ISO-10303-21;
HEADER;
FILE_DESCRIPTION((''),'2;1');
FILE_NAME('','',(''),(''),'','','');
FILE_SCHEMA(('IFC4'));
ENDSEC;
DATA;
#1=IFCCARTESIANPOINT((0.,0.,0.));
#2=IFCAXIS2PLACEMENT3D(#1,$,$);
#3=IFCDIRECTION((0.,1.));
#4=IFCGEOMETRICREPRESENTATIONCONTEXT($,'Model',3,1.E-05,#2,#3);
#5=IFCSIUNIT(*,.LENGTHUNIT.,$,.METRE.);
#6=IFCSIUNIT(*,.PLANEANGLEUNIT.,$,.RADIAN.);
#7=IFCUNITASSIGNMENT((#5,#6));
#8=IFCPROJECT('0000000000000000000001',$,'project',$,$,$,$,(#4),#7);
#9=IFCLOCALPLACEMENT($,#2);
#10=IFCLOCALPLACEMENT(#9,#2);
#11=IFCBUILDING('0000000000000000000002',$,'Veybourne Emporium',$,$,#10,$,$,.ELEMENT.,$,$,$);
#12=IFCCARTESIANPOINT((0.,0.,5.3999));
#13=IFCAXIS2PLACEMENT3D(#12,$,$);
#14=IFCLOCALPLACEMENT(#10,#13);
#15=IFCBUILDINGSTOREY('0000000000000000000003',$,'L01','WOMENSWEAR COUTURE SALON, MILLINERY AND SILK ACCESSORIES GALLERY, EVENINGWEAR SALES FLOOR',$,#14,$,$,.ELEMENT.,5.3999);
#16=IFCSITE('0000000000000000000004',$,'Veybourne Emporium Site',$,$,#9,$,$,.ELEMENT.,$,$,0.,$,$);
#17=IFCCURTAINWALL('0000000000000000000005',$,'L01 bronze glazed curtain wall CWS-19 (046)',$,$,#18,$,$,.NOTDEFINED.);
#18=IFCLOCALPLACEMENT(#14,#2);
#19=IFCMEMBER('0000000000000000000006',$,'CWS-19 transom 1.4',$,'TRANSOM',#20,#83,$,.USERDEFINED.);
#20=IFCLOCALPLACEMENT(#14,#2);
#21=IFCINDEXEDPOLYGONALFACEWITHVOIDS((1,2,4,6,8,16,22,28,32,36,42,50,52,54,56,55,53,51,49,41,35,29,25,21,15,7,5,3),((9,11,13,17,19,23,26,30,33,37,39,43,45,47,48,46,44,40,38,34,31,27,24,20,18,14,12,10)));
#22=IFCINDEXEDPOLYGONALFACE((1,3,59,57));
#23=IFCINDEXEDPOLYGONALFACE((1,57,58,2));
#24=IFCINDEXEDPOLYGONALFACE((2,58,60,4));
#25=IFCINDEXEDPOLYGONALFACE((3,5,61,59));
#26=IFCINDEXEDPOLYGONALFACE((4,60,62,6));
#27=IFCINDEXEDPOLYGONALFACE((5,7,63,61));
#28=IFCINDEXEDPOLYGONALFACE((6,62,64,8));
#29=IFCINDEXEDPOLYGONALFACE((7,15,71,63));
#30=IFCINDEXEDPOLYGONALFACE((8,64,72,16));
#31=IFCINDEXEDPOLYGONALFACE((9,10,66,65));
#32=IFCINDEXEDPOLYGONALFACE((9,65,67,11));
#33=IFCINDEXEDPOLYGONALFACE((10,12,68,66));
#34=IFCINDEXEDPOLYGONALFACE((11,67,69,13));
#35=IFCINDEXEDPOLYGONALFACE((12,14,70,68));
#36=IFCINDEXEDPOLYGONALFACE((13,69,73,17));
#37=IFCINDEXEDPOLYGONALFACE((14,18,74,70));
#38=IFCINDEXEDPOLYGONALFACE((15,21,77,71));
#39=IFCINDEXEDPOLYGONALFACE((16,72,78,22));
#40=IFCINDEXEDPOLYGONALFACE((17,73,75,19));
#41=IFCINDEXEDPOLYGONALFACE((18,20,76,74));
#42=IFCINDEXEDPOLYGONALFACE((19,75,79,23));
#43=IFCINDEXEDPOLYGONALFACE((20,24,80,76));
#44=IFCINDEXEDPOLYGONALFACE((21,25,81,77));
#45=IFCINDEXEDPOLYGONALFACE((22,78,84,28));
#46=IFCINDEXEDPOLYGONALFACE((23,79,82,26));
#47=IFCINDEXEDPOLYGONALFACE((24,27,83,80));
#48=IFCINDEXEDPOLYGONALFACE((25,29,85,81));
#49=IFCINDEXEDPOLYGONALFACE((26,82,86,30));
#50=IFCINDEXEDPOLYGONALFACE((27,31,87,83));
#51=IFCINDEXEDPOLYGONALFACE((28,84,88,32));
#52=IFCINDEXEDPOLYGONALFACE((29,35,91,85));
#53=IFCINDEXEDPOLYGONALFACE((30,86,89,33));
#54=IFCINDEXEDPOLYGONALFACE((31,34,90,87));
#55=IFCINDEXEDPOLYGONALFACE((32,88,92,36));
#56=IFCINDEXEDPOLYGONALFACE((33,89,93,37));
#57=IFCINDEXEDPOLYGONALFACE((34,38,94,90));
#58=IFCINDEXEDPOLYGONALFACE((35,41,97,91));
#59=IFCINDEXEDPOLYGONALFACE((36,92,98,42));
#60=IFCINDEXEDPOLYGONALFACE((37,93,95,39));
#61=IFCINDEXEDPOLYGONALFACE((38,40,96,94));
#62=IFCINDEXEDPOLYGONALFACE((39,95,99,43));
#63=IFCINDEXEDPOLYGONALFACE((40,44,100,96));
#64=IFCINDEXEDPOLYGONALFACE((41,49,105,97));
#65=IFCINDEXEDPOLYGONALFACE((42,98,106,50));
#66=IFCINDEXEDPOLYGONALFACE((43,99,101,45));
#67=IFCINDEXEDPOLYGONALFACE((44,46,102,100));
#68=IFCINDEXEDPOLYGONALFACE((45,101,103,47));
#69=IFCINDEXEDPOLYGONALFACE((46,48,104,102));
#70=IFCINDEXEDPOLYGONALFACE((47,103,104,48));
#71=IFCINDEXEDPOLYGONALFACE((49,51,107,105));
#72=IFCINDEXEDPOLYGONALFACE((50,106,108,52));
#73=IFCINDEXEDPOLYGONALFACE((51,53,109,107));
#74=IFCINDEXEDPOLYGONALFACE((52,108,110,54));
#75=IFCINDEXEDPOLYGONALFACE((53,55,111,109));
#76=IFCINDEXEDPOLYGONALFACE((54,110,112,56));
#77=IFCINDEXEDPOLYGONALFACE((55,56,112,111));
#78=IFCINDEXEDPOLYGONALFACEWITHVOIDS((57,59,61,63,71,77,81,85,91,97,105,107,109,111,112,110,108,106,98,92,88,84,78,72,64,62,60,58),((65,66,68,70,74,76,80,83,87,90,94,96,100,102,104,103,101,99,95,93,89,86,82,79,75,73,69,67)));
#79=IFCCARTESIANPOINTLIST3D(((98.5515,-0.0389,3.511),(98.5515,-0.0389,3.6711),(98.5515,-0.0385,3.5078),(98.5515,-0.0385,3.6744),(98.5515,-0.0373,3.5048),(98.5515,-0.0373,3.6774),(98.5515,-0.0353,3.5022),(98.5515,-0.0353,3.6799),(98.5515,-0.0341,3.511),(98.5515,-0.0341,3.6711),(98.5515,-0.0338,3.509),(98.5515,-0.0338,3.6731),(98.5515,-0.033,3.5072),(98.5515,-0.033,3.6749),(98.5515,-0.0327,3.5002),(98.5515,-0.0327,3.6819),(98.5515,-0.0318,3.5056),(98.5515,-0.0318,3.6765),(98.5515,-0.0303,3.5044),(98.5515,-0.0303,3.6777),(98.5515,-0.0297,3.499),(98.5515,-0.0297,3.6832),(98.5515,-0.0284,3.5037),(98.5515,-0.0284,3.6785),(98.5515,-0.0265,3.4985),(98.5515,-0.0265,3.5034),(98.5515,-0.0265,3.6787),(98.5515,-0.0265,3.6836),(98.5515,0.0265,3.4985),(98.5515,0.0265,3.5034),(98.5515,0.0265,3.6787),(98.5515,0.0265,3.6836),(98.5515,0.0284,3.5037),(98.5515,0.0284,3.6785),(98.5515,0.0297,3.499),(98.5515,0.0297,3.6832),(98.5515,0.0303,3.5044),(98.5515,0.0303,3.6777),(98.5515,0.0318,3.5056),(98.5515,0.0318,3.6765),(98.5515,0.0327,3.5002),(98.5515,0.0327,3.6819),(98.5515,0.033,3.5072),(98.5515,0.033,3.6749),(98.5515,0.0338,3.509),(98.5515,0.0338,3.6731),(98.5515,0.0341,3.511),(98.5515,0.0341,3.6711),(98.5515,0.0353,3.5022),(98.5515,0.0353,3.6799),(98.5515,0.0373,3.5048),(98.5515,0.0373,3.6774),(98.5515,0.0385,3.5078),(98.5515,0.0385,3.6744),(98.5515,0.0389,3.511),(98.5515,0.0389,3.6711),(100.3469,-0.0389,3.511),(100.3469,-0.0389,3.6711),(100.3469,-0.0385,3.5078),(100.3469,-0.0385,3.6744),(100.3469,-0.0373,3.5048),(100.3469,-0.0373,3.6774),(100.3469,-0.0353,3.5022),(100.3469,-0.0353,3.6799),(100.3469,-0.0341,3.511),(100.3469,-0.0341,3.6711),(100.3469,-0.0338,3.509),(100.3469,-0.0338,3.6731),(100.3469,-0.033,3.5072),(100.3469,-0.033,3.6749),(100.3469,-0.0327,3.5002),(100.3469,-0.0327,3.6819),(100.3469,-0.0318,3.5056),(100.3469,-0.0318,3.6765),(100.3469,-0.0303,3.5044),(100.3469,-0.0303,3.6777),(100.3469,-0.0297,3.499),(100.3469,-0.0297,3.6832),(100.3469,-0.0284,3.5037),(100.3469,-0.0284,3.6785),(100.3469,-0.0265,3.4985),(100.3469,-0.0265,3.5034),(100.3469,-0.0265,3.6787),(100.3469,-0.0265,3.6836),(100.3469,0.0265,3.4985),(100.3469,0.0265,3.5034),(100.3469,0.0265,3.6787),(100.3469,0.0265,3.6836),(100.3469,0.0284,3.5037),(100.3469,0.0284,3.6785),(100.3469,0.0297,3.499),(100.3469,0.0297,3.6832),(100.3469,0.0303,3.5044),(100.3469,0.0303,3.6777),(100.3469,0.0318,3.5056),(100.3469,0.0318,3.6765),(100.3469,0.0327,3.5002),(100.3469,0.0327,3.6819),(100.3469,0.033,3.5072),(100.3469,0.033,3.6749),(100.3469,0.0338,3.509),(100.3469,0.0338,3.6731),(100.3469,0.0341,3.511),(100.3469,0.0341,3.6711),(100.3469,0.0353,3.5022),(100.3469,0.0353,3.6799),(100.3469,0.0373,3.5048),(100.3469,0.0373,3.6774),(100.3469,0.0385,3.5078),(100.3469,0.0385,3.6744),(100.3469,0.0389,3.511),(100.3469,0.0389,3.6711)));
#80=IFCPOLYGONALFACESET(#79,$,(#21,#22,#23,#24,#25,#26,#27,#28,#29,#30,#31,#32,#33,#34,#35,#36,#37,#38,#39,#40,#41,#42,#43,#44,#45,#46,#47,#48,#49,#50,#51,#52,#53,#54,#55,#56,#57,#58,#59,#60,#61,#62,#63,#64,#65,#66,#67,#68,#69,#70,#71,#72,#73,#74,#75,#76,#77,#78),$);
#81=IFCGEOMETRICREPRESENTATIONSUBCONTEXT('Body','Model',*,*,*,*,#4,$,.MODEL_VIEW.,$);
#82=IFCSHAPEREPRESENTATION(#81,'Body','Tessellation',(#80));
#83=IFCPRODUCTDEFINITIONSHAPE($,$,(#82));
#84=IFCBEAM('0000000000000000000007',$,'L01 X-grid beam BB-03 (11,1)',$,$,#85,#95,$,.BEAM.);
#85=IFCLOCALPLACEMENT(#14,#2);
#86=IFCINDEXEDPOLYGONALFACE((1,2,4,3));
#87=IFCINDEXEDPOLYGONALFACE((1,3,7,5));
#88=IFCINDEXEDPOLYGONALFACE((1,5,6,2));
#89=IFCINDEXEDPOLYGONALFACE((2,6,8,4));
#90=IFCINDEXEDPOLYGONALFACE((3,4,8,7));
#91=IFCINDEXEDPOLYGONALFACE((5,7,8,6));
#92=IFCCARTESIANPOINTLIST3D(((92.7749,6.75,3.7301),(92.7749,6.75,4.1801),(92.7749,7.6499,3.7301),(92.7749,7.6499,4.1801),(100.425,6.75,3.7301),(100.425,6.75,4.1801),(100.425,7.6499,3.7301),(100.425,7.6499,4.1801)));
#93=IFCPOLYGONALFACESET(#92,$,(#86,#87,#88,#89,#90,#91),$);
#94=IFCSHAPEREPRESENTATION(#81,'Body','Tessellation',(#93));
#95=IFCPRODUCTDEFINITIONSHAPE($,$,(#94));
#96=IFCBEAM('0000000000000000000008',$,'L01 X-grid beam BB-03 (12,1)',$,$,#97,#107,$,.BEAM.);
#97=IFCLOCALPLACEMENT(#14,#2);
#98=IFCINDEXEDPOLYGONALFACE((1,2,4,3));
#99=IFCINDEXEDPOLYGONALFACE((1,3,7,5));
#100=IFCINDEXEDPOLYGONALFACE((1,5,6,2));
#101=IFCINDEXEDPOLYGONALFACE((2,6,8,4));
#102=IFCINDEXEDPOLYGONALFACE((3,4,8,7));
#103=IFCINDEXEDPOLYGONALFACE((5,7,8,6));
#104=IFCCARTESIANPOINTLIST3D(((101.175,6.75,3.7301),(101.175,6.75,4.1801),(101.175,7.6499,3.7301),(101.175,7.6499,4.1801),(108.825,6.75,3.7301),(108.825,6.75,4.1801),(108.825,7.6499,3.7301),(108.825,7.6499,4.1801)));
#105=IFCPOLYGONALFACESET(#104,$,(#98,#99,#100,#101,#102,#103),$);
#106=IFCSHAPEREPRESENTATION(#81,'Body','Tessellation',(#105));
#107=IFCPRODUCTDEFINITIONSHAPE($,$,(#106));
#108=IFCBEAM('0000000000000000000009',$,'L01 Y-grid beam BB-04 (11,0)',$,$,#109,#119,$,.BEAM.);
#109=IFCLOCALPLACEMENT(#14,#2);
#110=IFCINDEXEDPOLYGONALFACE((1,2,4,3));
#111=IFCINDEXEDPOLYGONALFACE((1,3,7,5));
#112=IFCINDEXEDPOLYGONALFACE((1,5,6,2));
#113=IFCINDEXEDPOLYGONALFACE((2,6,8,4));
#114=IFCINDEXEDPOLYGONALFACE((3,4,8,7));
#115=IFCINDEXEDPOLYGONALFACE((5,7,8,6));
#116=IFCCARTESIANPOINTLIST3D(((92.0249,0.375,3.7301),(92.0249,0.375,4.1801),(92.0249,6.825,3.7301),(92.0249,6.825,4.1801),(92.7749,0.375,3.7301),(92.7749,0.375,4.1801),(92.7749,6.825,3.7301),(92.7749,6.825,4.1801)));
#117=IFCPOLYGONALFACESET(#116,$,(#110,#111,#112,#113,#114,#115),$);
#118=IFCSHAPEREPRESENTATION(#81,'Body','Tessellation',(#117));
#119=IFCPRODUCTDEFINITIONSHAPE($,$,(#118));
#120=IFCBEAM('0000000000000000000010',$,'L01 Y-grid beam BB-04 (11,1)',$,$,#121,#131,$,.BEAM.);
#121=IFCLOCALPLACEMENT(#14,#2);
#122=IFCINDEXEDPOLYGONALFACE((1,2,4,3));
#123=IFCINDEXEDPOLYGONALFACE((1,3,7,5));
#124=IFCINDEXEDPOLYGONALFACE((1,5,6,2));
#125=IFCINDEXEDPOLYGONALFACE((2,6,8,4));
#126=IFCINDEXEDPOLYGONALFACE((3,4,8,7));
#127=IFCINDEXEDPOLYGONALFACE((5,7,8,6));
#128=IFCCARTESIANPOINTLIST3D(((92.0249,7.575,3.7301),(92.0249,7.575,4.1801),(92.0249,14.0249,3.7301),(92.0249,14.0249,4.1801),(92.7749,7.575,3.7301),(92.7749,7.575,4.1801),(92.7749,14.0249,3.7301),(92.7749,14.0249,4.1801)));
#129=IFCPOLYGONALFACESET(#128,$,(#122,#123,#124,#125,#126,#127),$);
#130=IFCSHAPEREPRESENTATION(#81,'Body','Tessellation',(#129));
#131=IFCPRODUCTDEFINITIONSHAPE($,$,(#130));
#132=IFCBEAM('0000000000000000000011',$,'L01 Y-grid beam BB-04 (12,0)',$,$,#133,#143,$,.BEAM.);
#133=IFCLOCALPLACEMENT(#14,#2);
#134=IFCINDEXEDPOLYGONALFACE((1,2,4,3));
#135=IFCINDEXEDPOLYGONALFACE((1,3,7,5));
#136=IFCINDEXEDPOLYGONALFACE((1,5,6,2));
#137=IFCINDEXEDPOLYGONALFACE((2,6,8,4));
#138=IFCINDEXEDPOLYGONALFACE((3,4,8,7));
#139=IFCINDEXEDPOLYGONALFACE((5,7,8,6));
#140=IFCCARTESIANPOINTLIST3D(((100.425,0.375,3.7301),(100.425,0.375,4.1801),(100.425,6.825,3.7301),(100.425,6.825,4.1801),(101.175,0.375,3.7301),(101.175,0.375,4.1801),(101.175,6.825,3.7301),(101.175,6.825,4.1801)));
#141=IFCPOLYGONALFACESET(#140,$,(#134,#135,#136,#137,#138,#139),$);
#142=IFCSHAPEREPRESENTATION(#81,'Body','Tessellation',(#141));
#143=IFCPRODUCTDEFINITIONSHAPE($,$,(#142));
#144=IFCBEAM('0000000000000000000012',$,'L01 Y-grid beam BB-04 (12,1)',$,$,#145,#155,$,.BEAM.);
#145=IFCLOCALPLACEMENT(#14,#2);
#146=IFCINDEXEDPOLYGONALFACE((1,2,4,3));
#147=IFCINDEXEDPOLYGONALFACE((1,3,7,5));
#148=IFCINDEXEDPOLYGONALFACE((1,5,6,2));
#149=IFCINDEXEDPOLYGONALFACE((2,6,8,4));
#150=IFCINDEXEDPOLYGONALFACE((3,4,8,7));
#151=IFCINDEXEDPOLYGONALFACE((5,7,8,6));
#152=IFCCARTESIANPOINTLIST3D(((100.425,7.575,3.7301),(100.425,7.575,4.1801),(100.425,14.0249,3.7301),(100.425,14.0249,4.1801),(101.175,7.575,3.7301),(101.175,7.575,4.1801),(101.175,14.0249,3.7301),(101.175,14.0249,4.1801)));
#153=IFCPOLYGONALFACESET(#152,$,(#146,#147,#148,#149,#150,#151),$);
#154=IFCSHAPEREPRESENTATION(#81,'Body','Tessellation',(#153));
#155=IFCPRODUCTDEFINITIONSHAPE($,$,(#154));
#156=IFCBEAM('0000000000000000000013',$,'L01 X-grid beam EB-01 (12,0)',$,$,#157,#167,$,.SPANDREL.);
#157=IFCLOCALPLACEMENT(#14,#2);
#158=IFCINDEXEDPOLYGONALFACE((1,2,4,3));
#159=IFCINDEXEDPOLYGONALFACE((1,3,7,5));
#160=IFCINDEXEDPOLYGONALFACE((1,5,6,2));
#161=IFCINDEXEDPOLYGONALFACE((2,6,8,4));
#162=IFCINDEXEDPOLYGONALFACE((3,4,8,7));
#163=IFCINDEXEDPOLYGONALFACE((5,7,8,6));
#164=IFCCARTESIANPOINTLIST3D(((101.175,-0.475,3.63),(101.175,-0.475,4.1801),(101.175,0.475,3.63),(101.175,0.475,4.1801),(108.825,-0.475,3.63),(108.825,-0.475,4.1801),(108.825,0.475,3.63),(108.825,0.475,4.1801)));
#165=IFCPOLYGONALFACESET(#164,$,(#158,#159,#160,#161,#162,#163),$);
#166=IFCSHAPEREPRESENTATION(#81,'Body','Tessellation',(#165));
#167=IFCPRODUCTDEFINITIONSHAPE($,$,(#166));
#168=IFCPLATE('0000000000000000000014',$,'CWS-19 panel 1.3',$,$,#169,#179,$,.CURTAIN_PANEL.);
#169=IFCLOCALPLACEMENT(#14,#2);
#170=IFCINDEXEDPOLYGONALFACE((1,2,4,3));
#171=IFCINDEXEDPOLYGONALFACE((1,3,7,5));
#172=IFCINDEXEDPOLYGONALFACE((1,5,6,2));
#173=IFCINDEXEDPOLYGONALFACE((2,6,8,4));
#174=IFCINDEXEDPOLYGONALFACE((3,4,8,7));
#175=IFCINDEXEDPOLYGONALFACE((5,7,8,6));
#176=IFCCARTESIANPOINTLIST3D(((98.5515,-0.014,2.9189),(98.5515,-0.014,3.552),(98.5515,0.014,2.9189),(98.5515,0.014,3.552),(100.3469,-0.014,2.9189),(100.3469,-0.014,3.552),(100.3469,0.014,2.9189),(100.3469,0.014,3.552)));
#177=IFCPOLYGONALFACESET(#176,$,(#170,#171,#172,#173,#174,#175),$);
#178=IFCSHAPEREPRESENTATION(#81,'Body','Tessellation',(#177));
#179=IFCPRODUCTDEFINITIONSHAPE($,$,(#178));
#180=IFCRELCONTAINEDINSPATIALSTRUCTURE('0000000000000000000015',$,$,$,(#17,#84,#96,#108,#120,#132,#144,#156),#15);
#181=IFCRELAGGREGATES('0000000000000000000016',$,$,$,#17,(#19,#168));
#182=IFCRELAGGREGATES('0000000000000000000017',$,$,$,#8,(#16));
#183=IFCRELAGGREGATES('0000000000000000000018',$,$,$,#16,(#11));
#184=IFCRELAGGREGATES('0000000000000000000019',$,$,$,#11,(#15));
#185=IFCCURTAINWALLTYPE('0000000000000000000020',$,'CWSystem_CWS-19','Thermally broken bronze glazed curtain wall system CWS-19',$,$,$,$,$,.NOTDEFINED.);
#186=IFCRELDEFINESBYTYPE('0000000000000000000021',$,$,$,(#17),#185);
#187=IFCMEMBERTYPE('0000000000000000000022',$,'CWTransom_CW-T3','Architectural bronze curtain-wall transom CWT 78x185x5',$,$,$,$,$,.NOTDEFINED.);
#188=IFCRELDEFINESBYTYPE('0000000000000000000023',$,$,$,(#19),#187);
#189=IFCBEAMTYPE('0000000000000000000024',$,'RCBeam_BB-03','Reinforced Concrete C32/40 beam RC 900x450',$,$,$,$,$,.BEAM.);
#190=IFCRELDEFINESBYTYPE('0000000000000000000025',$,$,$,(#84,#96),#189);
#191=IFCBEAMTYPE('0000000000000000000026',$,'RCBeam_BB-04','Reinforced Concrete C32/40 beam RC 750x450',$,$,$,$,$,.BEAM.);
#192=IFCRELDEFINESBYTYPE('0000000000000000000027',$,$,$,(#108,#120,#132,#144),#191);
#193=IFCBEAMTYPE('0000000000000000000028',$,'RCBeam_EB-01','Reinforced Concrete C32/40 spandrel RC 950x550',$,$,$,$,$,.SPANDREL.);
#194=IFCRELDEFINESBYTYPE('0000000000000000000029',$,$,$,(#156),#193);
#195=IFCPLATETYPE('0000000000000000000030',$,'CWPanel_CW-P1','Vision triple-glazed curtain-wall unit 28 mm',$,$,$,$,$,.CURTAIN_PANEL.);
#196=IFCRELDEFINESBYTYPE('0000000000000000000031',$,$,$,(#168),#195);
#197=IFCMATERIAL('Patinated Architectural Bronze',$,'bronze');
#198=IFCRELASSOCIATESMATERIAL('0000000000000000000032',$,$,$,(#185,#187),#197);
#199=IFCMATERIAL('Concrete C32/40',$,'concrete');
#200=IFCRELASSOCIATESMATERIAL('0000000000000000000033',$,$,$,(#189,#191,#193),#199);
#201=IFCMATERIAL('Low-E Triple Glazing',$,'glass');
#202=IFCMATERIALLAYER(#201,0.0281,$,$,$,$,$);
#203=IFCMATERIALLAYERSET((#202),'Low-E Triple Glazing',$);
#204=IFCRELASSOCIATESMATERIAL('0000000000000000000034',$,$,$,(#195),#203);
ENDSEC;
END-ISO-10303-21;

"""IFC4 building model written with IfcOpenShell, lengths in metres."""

from ifc_helpers import new_model, si_unit, direction, frame, origin, origin_2d, place, context, subcontext, project, spatial, rectangle, hollow_rectangle, extrude, material, layer, layer_set, material_profile, profile_set, type_object, element, aggregate, save


model = new_model("IFC4")

# Units and contexts
model_context = context("Model", 3, precision=1e-05, world=origin(), true_north=direction((0.0, 1.0)))
body_context = subcontext(model_context, "Body", "Model", "MODEL_VIEW")
ifc_project = project(units=[si_unit("LENGTHUNIT", "METRE"), si_unit("PLANEANGLEUNIT", "RADIAN")], contexts=[model_context])

# Site, building, storey
site_placement = place(None, origin())
site = spatial("IfcSite", under=ifc_project, at=site_placement, Name="Veybourne Emporium Site", CompositionType="ELEMENT", RefElevation=0.0)
building_placement = place(site_placement, origin())
building = spatial("IfcBuilding", under=site, at=building_placement, Name="Veybourne Emporium", CompositionType="ELEMENT")
storey_placement = place(building_placement, frame((0.0, 0.0, 5.3999)))
storey = spatial("IfcBuildingStorey", under=building, at=storey_placement, Name="L01", Description="WOMENSWEAR COUTURE SALON, MILLINERY AND SILK ACCESSORIES GALLERY, EVENINGWEAR SALES FLOOR", CompositionType="ELEMENT", Elevation=5.3999)

# Curtain wall, member
ifc_material_1 = material(Name="Patinated Architectural Bronze", Category="bronze")
curtain_wall_type = type_object("IfcCurtainWallType", Name="CWSystem_CWS-19", Description="Thermally broken bronze glazed curtain wall system CWS-19", PredefinedType="NOTDEFINED", material=ifc_material_1)
curtain_wall_placement = place(storey_placement, origin())
curtain_wall = element("IfcCurtainWall", 1, at=curtain_wall_placement, inside=storey, type_object=curtain_wall_type, Name="L01 bronze glazed curtain wall CWS-19 (046)", PredefinedType="NOTDEFINED")
ifc_material_profile_1 = material_profile(ifc_material_1, hollow_rectangle(XDim=0.0779, YDim=0.1851, WallThickness=0.0049, InnerFilletRadius=0.0076, OuterFilletRadius=0.0125, at=origin_2d()), Name="CWT 78x185x5")
ifc_profile_set_1 = profile_set([ifc_material_profile_1], Name="Patinated Architectural Bronze")
member_type_1 = type_object("IfcMemberType", Name="CWTransom_CW-T3", Description="Architectural bronze curtain-wall transom CWT 78x185x5", PredefinedType="NOTDEFINED", material=ifc_profile_set_1)
member_1_placement = place(storey_placement, frame((100.3469, 0.0, 3.5911), z_axis=(-1.0, 0.0, 0.0), x_axis=(0.0, -1.0, 0.0)))
member_1 = element("IfcMember", 2, at=member_1_placement, type_object=member_type_1, Name="CWS-19 transom 1.4", ObjectType="TRANSOM", PredefinedType="USERDEFINED", context=body_context, shape_type="SweptSolid", body=[
    extrude(hollow_rectangle(XDim=0.0779, YDim=0.1851, WallThickness=0.0049, InnerFilletRadius=0.0076, OuterFilletRadius=0.0125, at=origin_2d()), origin(), (0.0, 0.0, 1.0), 1.7954),
])

# Beams
ifc_material_2 = material(Name="Concrete C32/40", Category="concrete")
ifc_material_profile_2 = material_profile(ifc_material_2, rectangle(XDim=0.8999, YDim=0.45, at=origin_2d()), Name="RC 900x450")
ifc_profile_set_2 = profile_set([ifc_material_profile_2], Name="Concrete C32/40")
beam_type_1 = type_object("IfcBeamType", Name="RCBeam_BB-03", Description="Reinforced Concrete C32/40 beam RC 900x450", PredefinedType="BEAM", material=ifc_profile_set_2)
beam_1_placement = place(storey_placement, frame((92.7749, 7.2, 3.9551), z_axis=(1.0, 0.0, 0.0), x_axis=(0.0, 1.0, 0.0)))
element("IfcBeam", 3, at=beam_1_placement, inside=storey, type_object=beam_type_1, Name="L01 X-grid beam BB-03 (11,1)", PredefinedType="BEAM", context=body_context, shape_type="SweptSolid", body=[
    extrude(rectangle(XDim=0.8999, YDim=0.45, at=origin_2d()), origin(), (0.0, 0.0, 1.0), 7.6501),
])
beam_2_placement = place(storey_placement, frame((101.175, 7.2, 3.9551), z_axis=(1.0, 0.0, 0.0), x_axis=(0.0, 1.0, 0.0)))
element("IfcBeam", 4, at=beam_2_placement, inside=storey, type_object=beam_type_1, Name="L01 X-grid beam BB-03 (12,1)", PredefinedType="BEAM", context=body_context, shape_type="SweptSolid", body=[
    extrude(rectangle(XDim=0.8999, YDim=0.45, at=origin_2d()), origin(), (0.0, 0.0, 1.0), 7.6499),
])
ifc_material_profile_3 = material_profile(ifc_material_2, rectangle(XDim=0.75, YDim=0.45, at=origin_2d()), Name="RC 750x450")
ifc_profile_set_3 = profile_set([ifc_material_profile_3], Name="Concrete C32/40")
beam_type_2 = type_object("IfcBeamType", Name="RCBeam_BB-04", Description="Reinforced Concrete C32/40 beam RC 750x450", PredefinedType="BEAM", material=ifc_profile_set_3)
for number, where, z_axis, x_axis, name in (
    (5, (92.3999, 0.375, 3.9551), (0.0, 1.0, 0.0), (-1.0, 0.0, 0.0), "L01 Y-grid beam BB-04 (11,0)"),
    (6, (92.3999, 7.575, 3.9551), (0.0, 1.0, 0.0), (-1.0, 0.0, 0.0), "L01 Y-grid beam BB-04 (11,1)"),
    (7, (100.8, 0.375, 3.9551), (0.0, 1.0, 0.0), (-1.0, 0.0, 0.0), "L01 Y-grid beam BB-04 (12,0)"),
    (8, (100.8, 7.575, 3.9551), (0.0, 1.0, 0.0), (-1.0, 0.0, 0.0), "L01 Y-grid beam BB-04 (12,1)"),
):
    element("IfcBeam", number, at=place(storey_placement, frame(where, z_axis=z_axis, x_axis=x_axis)), inside=storey, type_object=beam_type_2, Name=name, PredefinedType="BEAM", context=body_context, shape_type="SweptSolid", body=[
        extrude(rectangle(XDim=0.75, YDim=0.45, at=origin_2d()), origin(), (0.0, 0.0, 1.0), 6.45),
    ])
ifc_material_profile_4 = material_profile(ifc_material_2, rectangle(XDim=0.95, YDim=0.55, at=origin_2d()), Name="RC 950x550")
ifc_profile_set_4 = profile_set([ifc_material_profile_4], Name="Concrete C32/40")
beam_type_3 = type_object("IfcBeamType", Name="RCBeam_EB-01", Description="Reinforced Concrete C32/40 spandrel RC 950x550", PredefinedType="SPANDREL", material=ifc_profile_set_4)
beam_3_placement = place(storey_placement, frame((101.175, 0.0, 3.905), z_axis=(1.0, 0.0, 0.0), x_axis=(0.0, 1.0, 0.0)))
element("IfcBeam", 9, at=beam_3_placement, inside=storey, type_object=beam_type_3, Name="L01 X-grid beam EB-01 (12,0)", PredefinedType="SPANDREL", context=body_context, shape_type="SweptSolid", body=[
    extrude(rectangle(XDim=0.95, YDim=0.55, at=origin_2d()), origin(), (0.0, 0.0, 1.0), 7.6499),
])

# Plate
ifc_material_3 = material(Name="Low-E Triple Glazing", Category="glass")
ifc_layer_1 = layer(ifc_material_3, 0.0281)
ifc_layer_set_1 = layer_set([ifc_layer_1], Name="Low-E Triple Glazing")
plate_type = type_object("IfcPlateType", Name="CWPanel_CW-P1", Description="Vision triple-glazed curtain-wall unit 28 mm", PredefinedType="CURTAIN_PANEL", material=ifc_layer_set_1)
plate_placement = place(storey_placement, frame((99.4492, 0.0, 2.9189), z_axis=(0.0, 0.0, 1.0), x_axis=(-1.0, 0.0, 0.0)))
plate = element("IfcPlate", 10, at=plate_placement, type_object=plate_type, Name="CWS-19 panel 1.3", PredefinedType="CURTAIN_PANEL", context=body_context, shape_type="SweptSolid", body=[
    extrude(rectangle(XDim=1.7954, YDim=0.0281, at=origin_2d()), origin(), (0.0, 0.0, 1.0), 0.6331),
])
aggregate(curtain_wall, [member_1, plate])

save(model, "model.ifc")
